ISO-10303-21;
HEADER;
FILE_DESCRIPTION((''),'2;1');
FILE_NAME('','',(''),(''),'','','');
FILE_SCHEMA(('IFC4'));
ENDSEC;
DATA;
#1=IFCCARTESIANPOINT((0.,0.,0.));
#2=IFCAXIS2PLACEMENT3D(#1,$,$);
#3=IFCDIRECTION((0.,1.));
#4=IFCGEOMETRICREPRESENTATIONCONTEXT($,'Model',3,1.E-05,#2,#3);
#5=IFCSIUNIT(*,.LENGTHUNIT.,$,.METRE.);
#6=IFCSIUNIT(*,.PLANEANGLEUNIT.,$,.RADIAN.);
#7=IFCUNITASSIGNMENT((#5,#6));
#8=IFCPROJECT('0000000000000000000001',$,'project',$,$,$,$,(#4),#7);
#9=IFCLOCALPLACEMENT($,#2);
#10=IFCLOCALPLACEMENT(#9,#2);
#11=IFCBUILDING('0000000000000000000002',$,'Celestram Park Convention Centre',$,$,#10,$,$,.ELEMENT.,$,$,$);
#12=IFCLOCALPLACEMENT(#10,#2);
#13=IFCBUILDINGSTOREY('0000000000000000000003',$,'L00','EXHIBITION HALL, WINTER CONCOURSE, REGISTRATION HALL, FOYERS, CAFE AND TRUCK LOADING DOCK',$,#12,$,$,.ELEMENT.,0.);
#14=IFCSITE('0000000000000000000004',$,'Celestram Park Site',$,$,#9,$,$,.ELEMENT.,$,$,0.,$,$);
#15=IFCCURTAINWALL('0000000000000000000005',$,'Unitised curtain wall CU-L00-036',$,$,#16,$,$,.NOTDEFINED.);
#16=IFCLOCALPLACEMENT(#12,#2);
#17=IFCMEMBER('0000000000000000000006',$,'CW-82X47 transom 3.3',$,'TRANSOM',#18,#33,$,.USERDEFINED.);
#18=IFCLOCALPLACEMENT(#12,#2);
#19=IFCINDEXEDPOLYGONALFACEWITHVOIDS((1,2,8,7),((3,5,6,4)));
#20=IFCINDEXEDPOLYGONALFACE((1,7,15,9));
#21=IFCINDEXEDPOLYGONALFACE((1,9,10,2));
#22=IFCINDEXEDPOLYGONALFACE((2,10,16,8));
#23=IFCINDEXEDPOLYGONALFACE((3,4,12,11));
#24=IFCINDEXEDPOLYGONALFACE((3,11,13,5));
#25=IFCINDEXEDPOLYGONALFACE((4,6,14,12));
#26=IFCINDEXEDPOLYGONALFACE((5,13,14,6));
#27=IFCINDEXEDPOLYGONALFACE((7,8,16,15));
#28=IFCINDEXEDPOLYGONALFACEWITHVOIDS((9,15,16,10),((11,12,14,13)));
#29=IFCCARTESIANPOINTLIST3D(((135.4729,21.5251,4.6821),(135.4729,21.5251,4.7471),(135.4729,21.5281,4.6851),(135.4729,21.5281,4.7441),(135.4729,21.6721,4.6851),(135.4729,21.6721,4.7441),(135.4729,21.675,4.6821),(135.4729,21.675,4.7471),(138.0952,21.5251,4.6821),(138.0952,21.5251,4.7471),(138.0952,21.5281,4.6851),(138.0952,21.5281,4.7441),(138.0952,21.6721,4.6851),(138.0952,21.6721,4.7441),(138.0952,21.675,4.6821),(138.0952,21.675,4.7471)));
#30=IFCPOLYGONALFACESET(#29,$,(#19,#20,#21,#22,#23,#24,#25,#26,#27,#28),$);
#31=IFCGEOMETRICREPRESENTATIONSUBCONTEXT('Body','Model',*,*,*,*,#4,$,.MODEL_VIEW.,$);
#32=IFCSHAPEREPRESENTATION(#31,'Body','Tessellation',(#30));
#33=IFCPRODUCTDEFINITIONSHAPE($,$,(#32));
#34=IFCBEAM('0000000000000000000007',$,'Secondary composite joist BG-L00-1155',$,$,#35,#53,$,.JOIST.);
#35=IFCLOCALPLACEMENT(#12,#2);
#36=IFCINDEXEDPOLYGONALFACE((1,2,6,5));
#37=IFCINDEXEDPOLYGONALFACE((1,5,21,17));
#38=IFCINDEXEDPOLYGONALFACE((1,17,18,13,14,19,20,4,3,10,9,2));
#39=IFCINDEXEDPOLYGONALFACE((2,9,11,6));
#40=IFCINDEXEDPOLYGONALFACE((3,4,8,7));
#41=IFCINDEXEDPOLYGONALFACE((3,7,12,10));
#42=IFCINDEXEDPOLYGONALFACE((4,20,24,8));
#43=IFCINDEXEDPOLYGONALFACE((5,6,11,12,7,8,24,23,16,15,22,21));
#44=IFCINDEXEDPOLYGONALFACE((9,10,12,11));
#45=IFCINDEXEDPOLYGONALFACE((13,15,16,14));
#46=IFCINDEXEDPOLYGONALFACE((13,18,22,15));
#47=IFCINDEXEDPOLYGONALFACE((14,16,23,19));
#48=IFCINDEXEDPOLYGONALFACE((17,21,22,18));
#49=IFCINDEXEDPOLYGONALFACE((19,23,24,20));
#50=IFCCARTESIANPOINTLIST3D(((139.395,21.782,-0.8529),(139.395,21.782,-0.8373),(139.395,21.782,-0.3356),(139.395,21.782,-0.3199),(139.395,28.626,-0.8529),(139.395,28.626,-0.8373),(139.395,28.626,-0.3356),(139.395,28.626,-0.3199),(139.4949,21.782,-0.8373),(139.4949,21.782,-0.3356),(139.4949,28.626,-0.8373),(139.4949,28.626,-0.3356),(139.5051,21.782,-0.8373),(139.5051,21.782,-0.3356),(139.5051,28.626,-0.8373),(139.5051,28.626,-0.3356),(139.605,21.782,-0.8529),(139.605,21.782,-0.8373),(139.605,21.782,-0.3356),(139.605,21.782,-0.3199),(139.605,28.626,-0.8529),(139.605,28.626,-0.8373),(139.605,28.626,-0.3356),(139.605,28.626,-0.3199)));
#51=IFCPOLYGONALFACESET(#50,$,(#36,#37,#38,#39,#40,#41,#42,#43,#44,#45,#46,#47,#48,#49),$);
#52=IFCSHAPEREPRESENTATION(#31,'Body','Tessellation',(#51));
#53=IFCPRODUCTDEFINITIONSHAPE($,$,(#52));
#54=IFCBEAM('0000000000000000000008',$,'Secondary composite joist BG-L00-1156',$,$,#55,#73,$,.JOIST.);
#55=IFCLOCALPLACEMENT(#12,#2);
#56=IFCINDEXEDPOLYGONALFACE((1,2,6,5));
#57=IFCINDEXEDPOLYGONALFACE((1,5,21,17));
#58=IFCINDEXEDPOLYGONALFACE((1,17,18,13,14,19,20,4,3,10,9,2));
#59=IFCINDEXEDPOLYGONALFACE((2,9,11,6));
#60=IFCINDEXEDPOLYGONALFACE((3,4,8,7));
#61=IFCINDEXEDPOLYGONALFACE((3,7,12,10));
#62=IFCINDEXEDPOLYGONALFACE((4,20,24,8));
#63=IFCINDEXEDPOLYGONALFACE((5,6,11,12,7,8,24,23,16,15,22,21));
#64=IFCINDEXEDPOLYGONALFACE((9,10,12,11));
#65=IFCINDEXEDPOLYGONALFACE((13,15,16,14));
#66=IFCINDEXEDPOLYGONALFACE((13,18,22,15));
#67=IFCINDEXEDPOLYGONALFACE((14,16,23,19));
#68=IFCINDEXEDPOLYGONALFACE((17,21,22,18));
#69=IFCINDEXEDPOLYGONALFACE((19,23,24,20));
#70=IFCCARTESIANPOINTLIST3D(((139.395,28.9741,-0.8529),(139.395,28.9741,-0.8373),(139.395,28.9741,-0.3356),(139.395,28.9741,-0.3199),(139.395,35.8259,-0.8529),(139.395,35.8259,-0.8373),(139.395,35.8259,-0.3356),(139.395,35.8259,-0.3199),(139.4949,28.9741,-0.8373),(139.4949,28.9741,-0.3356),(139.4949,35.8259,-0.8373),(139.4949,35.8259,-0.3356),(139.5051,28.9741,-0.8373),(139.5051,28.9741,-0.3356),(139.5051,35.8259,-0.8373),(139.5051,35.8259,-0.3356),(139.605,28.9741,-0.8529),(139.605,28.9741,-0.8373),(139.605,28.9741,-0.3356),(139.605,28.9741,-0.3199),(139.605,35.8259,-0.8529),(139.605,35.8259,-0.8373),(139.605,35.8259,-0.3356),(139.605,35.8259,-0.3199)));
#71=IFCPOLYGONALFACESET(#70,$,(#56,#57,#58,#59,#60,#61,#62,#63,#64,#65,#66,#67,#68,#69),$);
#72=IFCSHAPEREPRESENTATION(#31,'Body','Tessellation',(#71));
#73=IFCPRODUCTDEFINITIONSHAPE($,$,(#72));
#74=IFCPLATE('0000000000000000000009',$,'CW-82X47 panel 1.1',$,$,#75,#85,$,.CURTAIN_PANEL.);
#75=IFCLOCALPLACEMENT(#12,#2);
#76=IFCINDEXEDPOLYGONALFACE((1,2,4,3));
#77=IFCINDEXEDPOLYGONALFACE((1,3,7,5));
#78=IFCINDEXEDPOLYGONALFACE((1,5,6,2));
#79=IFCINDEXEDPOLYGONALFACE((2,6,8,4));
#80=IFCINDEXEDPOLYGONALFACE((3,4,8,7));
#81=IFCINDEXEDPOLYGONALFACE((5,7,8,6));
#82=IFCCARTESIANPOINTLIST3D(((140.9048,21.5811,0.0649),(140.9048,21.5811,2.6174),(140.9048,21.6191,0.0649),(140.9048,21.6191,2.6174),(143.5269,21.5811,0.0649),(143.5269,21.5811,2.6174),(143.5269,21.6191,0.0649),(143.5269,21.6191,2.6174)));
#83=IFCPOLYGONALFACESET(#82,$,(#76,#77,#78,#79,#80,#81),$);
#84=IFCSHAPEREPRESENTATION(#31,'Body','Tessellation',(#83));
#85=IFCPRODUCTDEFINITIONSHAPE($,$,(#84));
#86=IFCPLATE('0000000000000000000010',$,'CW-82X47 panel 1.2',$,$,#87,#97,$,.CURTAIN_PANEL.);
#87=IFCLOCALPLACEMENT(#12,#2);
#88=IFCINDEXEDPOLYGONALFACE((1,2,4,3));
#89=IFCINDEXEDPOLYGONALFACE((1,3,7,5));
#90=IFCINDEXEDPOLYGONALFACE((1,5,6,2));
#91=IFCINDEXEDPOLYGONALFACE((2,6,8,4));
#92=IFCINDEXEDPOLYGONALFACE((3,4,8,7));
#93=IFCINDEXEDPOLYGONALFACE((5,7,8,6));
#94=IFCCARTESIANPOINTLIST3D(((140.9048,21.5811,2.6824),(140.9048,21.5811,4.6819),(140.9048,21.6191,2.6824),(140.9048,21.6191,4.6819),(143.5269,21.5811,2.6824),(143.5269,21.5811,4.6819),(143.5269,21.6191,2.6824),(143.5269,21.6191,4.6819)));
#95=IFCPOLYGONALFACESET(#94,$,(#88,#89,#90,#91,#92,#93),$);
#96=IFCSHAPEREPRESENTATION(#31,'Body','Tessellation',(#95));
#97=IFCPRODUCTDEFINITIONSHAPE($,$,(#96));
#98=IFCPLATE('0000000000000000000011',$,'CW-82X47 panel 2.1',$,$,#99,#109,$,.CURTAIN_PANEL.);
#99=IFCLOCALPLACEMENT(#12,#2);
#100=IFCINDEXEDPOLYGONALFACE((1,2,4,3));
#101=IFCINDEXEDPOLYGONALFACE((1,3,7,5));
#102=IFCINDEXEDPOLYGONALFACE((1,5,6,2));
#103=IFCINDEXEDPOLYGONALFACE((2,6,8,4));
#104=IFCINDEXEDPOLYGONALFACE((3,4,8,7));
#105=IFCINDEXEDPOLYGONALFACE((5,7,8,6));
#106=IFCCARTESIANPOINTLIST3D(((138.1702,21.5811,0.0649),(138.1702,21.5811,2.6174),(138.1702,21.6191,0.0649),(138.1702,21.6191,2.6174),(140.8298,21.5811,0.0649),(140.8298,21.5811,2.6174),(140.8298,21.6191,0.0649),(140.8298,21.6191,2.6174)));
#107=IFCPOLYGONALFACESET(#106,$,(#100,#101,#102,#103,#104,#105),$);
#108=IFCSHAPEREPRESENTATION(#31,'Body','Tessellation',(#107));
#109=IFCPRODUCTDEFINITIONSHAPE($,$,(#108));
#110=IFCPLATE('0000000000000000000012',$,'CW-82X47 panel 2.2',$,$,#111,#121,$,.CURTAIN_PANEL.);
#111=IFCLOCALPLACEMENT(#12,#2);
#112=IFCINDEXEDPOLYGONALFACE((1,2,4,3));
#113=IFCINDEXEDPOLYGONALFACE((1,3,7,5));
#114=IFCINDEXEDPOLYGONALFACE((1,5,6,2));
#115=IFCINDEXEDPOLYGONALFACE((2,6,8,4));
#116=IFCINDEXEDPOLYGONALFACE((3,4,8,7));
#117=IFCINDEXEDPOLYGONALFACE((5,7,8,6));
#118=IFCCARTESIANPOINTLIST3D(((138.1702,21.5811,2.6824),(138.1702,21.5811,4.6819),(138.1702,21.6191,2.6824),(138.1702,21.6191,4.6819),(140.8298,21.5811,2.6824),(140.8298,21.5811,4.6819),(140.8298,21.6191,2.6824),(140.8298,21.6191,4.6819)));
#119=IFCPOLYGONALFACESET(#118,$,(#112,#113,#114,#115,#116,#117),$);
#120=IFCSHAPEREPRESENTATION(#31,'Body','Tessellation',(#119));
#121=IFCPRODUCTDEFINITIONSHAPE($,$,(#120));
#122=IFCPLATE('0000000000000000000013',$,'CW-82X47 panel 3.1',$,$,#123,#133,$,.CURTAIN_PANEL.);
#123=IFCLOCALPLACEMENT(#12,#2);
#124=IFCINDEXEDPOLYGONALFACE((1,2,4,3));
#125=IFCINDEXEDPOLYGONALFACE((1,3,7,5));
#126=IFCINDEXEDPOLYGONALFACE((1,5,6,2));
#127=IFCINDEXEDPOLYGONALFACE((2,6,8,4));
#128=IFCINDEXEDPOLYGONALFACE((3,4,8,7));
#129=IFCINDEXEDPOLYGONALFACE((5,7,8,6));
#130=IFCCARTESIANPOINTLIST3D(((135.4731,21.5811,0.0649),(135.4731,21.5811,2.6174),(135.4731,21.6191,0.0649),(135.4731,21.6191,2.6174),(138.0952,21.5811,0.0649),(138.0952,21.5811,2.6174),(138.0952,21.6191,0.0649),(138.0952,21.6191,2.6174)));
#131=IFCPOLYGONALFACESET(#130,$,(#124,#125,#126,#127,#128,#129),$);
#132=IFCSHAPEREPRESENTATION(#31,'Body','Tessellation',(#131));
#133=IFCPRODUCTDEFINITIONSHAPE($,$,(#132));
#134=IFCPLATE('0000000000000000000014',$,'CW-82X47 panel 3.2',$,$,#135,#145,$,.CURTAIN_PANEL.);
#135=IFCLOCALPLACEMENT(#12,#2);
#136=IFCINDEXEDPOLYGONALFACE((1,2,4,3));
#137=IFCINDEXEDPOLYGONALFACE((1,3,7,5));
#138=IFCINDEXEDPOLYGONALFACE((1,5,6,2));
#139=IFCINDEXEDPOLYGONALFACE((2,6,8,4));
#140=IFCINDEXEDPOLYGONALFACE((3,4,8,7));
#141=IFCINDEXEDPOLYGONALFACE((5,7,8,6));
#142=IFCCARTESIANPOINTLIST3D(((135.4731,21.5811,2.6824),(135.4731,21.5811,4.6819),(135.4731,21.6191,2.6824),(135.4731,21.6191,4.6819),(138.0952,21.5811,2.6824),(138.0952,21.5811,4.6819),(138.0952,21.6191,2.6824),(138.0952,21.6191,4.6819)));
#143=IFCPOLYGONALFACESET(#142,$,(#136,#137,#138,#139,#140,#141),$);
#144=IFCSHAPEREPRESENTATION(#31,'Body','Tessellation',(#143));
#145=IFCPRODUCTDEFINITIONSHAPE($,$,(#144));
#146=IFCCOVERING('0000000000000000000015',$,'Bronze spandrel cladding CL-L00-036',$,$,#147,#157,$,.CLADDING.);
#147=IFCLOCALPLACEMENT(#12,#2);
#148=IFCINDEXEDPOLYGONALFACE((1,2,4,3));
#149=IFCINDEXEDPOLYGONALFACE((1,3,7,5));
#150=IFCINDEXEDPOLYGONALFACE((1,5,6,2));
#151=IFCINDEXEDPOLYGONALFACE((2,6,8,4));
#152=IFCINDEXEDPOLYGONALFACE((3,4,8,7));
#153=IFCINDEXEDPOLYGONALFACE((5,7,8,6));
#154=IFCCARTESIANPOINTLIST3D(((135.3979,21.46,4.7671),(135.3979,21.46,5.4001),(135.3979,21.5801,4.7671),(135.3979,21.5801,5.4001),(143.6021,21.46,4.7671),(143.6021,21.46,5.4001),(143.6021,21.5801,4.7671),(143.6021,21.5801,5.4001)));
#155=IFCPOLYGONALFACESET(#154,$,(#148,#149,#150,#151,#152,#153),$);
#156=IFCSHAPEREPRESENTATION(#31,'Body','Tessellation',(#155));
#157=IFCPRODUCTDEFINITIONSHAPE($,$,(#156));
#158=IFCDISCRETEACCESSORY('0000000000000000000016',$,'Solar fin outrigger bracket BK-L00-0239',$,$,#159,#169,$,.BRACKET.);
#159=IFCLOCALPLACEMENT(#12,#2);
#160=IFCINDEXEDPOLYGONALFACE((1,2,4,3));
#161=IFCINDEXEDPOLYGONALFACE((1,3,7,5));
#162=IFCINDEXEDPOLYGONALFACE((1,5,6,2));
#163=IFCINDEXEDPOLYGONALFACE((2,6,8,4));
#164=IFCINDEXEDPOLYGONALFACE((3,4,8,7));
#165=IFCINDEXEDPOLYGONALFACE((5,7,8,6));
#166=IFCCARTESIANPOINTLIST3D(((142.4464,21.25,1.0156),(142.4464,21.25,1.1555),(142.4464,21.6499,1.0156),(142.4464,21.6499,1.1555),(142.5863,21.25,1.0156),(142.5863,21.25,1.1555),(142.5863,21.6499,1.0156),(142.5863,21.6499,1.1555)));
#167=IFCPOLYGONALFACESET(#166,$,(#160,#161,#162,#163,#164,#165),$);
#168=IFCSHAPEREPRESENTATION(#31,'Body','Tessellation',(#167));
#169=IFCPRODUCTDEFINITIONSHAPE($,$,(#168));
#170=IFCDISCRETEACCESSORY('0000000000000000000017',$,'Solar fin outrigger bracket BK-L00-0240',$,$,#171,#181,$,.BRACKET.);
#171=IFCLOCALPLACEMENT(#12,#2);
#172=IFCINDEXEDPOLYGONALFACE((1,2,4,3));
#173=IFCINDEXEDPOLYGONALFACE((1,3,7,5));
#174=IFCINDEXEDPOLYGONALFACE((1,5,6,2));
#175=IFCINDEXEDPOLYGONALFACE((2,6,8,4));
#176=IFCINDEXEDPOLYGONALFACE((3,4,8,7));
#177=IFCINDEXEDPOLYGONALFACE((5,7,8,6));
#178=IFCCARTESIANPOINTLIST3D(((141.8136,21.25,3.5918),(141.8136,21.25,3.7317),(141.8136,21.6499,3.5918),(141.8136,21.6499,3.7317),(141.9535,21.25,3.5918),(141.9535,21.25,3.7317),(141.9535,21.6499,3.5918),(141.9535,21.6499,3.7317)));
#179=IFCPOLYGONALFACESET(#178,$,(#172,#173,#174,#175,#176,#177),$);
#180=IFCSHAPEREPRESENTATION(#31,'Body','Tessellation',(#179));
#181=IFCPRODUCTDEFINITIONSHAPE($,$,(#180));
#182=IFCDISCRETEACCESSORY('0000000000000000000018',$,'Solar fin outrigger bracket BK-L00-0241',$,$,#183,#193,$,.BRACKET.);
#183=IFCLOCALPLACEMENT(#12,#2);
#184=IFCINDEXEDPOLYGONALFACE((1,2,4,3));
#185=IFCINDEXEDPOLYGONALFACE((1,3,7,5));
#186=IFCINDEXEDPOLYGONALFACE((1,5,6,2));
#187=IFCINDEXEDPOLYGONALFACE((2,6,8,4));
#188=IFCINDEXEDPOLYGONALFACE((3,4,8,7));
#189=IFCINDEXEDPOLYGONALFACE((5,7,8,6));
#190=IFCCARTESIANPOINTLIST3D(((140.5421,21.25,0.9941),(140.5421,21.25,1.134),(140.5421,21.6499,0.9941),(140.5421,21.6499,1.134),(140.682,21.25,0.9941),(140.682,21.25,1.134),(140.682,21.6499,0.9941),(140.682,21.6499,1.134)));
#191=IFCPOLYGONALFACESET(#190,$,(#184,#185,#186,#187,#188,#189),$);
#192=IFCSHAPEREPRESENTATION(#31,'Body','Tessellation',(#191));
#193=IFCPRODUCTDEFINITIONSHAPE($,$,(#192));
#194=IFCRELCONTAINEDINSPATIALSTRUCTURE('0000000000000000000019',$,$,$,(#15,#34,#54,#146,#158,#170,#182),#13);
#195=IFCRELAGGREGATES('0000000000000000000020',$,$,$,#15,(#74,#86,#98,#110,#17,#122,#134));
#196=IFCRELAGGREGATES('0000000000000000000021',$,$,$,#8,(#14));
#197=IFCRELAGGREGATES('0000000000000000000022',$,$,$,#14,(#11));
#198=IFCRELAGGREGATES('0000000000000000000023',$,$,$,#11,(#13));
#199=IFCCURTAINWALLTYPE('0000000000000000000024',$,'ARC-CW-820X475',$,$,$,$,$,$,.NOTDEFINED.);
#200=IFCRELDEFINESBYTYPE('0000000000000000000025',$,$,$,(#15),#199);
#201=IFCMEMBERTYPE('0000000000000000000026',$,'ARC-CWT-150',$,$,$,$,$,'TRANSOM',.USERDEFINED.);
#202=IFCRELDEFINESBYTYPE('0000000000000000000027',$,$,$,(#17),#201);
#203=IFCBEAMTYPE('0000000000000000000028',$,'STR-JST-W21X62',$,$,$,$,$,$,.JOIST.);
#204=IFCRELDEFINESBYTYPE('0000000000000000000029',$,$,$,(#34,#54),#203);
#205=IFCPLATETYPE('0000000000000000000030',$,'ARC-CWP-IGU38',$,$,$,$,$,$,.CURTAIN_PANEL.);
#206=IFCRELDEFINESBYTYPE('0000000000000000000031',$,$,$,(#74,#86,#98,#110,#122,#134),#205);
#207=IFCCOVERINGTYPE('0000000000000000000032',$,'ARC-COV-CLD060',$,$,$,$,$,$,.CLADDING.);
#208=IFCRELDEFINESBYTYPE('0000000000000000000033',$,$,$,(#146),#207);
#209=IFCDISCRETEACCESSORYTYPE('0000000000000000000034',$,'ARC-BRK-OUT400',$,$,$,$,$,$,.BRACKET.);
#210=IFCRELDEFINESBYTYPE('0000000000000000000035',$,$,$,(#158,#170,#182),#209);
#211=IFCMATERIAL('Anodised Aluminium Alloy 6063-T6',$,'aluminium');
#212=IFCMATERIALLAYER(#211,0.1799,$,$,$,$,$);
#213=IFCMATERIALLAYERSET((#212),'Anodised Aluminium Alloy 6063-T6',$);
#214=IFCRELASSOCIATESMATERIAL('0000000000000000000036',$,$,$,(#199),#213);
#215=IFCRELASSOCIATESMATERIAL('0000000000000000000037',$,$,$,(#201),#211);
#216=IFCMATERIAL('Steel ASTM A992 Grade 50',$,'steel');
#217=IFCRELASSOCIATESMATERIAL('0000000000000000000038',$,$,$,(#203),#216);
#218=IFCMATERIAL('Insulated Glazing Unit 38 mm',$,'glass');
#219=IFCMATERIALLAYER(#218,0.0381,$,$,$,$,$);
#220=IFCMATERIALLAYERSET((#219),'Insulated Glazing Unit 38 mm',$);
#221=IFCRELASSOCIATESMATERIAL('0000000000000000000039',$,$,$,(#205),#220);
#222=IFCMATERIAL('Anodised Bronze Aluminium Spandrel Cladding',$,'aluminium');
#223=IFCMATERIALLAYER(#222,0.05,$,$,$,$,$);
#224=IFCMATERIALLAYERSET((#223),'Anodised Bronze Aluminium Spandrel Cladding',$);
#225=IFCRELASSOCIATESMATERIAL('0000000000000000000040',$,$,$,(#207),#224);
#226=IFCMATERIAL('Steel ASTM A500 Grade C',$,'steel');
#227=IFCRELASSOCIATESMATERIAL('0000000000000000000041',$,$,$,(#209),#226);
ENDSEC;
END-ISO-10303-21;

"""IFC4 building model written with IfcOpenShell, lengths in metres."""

from ifc_helpers import new_model, si_unit, direction, frame, origin, origin_2d, place, context, subcontext, project, spatial, rectangle, hollow_rectangle, i_section, extrude, material, layer, layer_set, material_profile, profile_set, type_object, element, aggregate, save


model = new_model("IFC4")

# Units and contexts
model_context = context("Model", 3, precision=1e-05, world=origin(), true_north=direction((0.0, 1.0)))
body_context = subcontext(model_context, "Body", "Model", "MODEL_VIEW")
ifc_project = project(units=[si_unit("LENGTHUNIT", "METRE"), si_unit("PLANEANGLEUNIT", "RADIAN")], contexts=[model_context])

# Site, building, storey
site_placement = place(None, origin())
site = spatial("IfcSite", under=ifc_project, at=site_placement, Name="Celestram Park Site", CompositionType="ELEMENT", RefElevation=0.0)
building_placement = place(site_placement, origin())
building = spatial("IfcBuilding", under=site, at=building_placement, Name="Celestram Park Convention Centre", CompositionType="ELEMENT")
storey_placement = place(building_placement, origin())
storey = spatial("IfcBuildingStorey", under=building, at=storey_placement, Name="L00", Description="EXHIBITION HALL, WINTER CONCOURSE, REGISTRATION HALL, FOYERS, CAFE AND TRUCK LOADING DOCK", CompositionType="ELEMENT", Elevation=0.0)

# Curtain wall, member
ifc_material_1 = material(Name="Anodised Aluminium Alloy 6063-T6", Category="aluminium")
ifc_layer_1 = layer(ifc_material_1, 0.1799)
ifc_layer_set_1 = layer_set([ifc_layer_1], Name="Anodised Aluminium Alloy 6063-T6")
curtain_wall_type = type_object("IfcCurtainWallType", Name="ARC-CW-820X475", PredefinedType="NOTDEFINED", material=ifc_layer_set_1)
curtain_wall_placement = place(storey_placement, origin())
curtain_wall = element("IfcCurtainWall", 1, at=curtain_wall_placement, inside=storey, type_object=curtain_wall_type, Name="Unitised curtain wall CU-L00-036", PredefinedType="NOTDEFINED")
ifc_material_profile_1 = material_profile(ifc_material_1, hollow_rectangle(XDim=0.1499, YDim=0.0649, WallThickness=0.0029, at=origin_2d()), Name="ALU150X65X3")
ifc_profile_set_1 = profile_set([ifc_material_profile_1], Name="Anodised Aluminium Alloy 6063-T6")
member_type_1 = type_object("IfcMemberType", Name="ARC-CWT-150", ElementType="TRANSOM", PredefinedType="USERDEFINED", material=ifc_profile_set_1)
member_1_placement = place(storey_placement, frame((138.0952, 21.6001, 4.7146), z_axis=(-1.0, 0.0, 0.0), x_axis=(0.0, -1.0, 0.0)))
member_1 = element("IfcMember", 2, at=member_1_placement, type_object=member_type_1, Name="CW-82X47 transom 3.3", ObjectType="TRANSOM", PredefinedType="USERDEFINED", context=body_context, shape_type="SweptSolid", body=[
    extrude(hollow_rectangle(XDim=0.1499, YDim=0.0649, WallThickness=0.0029, at=origin_2d()), origin(), (0.0, 0.0, 1.0), 2.6223),
])

# Beams
ifc_material_2 = material(Name="Steel ASTM A992 Grade 50", Category="steel")
ifc_material_profile_2 = material_profile(ifc_material_2, i_section(OverallWidth=0.21, OverallDepth=0.533, WebThickness=0.0103, FlangeThickness=0.0156, at=origin_2d()), Name="W21X62")
ifc_profile_set_2 = profile_set([ifc_material_profile_2], Name="Steel ASTM A992 Grade 50")
beam_type = type_object("IfcBeamType", Name="STR-JST-W21X62", PredefinedType="JOIST", material=ifc_profile_set_2)
beam_1_placement = place(storey_placement, frame((139.5, 21.782, -0.5864), z_axis=(0.0, 1.0, 0.0), x_axis=(-1.0, 0.0, 0.0)))
element("IfcBeam", 3, at=beam_1_placement, inside=storey, type_object=beam_type, Name="Secondary composite joist BG-L00-1155", PredefinedType="JOIST", context=body_context, shape_type="SweptSolid", body=[
    extrude(i_section(OverallWidth=0.21, OverallDepth=0.533, WebThickness=0.0103, FlangeThickness=0.0156, at=origin_2d()), origin(), (0.0, 0.0, 1.0), 6.844),
])
beam_2_placement = place(storey_placement, frame((139.5, 28.9741, -0.5864), z_axis=(0.0, 1.0, 0.0), x_axis=(-1.0, 0.0, 0.0)))
element("IfcBeam", 4, at=beam_2_placement, inside=storey, type_object=beam_type, Name="Secondary composite joist BG-L00-1156", PredefinedType="JOIST", context=body_context, shape_type="SweptSolid", body=[
    extrude(i_section(OverallWidth=0.21, OverallDepth=0.533, WebThickness=0.0103, FlangeThickness=0.0156, at=origin_2d()), origin(), (0.0, 0.0, 1.0), 6.8518),
])

# Plates
ifc_material_3 = material(Name="Insulated Glazing Unit 38 mm", Category="glass")
ifc_layer_2 = layer(ifc_material_3, 0.0381)
ifc_layer_set_2 = layer_set([ifc_layer_2], Name="Insulated Glazing Unit 38 mm")
plate_type = type_object("IfcPlateType", Name="ARC-CWP-IGU38", PredefinedType="CURTAIN_PANEL", material=ifc_layer_set_2)
plate_1_placement = place(storey_placement, frame((142.2158, 21.6001, 0.0649), z_axis=(0.0, 0.0, 1.0), x_axis=(-1.0, 0.0, 0.0)))
plate_1 = element("IfcPlate", 5, at=plate_1_placement, type_object=plate_type, Name="CW-82X47 panel 1.1", PredefinedType="CURTAIN_PANEL", context=body_context, shape_type="SweptSolid", body=[
    extrude(rectangle(XDim=2.6221, YDim=0.0381, at=origin_2d()), origin(), (0.0, 0.0, 1.0), 2.5525),
])
plate_2_placement = place(storey_placement, frame((142.2158, 21.6001, 2.6824), z_axis=(0.0, 0.0, 1.0), x_axis=(-1.0, 0.0, 0.0)))
plate_2 = element("IfcPlate", 6, at=plate_2_placement, type_object=plate_type, Name="CW-82X47 panel 1.2", PredefinedType="CURTAIN_PANEL", context=body_context, shape_type="SweptSolid", body=[
    extrude(rectangle(XDim=2.6221, YDim=0.0381, at=origin_2d()), origin(), (0.0, 0.0, 1.0), 1.9995),
])
plate_3_placement = place(storey_placement, frame((139.5, 21.6001, 0.0649), z_axis=(0.0, 0.0, 1.0), x_axis=(-1.0, 0.0, 0.0)))
plate_3 = element("IfcPlate", 7, at=plate_3_placement, type_object=plate_type, Name="CW-82X47 panel 2.1", PredefinedType="CURTAIN_PANEL", context=body_context, shape_type="SweptSolid", body=[
    extrude(rectangle(XDim=2.6597, YDim=0.0381, at=origin_2d()), origin(), (0.0, 0.0, 1.0), 2.5525),
])
plate_4_placement = place(storey_placement, frame((139.5, 21.6001, 2.6824), z_axis=(0.0, 0.0, 1.0), x_axis=(-1.0, 0.0, 0.0)))
plate_4 = element("IfcPlate", 8, at=plate_4_placement, type_object=plate_type, Name="CW-82X47 panel 2.2", PredefinedType="CURTAIN_PANEL", context=body_context, shape_type="SweptSolid", body=[
    extrude(rectangle(XDim=2.6597, YDim=0.0381, at=origin_2d()), origin(), (0.0, 0.0, 1.0), 1.9995),
])
plate_5_placement = place(storey_placement, frame((136.7842, 21.6001, 0.0649), z_axis=(0.0, 0.0, 1.0), x_axis=(-1.0, 0.0, 0.0)))
plate_5 = element("IfcPlate", 9, at=plate_5_placement, type_object=plate_type, Name="CW-82X47 panel 3.1", PredefinedType="CURTAIN_PANEL", context=body_context, shape_type="SweptSolid", body=[
    extrude(rectangle(XDim=2.6221, YDim=0.0381, at=origin_2d()), origin(), (0.0, 0.0, 1.0), 2.5525),
])
plate_6_placement = place(storey_placement, frame((136.7842, 21.6001, 2.6824), z_axis=(0.0, 0.0, 1.0), x_axis=(-1.0, 0.0, 0.0)))
plate_6 = element("IfcPlate", 10, at=plate_6_placement, type_object=plate_type, Name="CW-82X47 panel 3.2", PredefinedType="CURTAIN_PANEL", context=body_context, shape_type="SweptSolid", body=[
    extrude(rectangle(XDim=2.6221, YDim=0.0381, at=origin_2d()), origin(), (0.0, 0.0, 1.0), 1.9995),
])
aggregate(curtain_wall, [plate_1, plate_2, plate_3, plate_4, member_1, plate_5, plate_6])

# Covering
ifc_material_4 = material(Name="Anodised Bronze Aluminium Spandrel Cladding", Category="aluminium")
ifc_layer_3 = layer(ifc_material_4, 0.05)
ifc_layer_set_3 = layer_set([ifc_layer_3], Name="Anodised Bronze Aluminium Spandrel Cladding")
covering_type = type_object("IfcCoveringType", Name="ARC-COV-CLD060", PredefinedType="CLADDING", material=ifc_layer_set_3)
covering_placement = place(storey_placement, frame((139.5, 21.52, 4.7671), z_axis=(0.0, 0.0, 1.0), x_axis=(-1.0, 0.0, 0.0)))
element("IfcCovering", 11, at=covering_placement, inside=storey, type_object=covering_type, Name="Bronze spandrel cladding CL-L00-036", PredefinedType="CLADDING", context=body_context, shape_type="SweptSolid", body=[
    extrude(rectangle(XDim=8.2041, YDim=0.1201, at=origin_2d()), origin(), (0.0, 0.0, 1.0), 0.6331),
])

# Discrete accessories
ifc_material_5 = material(Name="Steel ASTM A500 Grade C", Category="steel")
discrete_accessory_type = type_object("IfcDiscreteAccessoryType", Name="ARC-BRK-OUT400", PredefinedType="BRACKET", material=ifc_material_5)
for number, where, z_axis, x_axis, name in (
    (12, (142.5164, 21.45, 1.0156), (0.0, 0.0, 1.0), (0.0, -1.0, 0.0), "Solar fin outrigger bracket BK-L00-0239"),
    (13, (141.8835, 21.45, 3.5918), (0.0, 0.0, 1.0), (0.0, -1.0, 0.0), "Solar fin outrigger bracket BK-L00-0240"),
    (14, (140.6121, 21.45, 0.9941), (0.0, 0.0, 1.0), (0.0, -1.0, 0.0), "Solar fin outrigger bracket BK-L00-0241"),
):
    element("IfcDiscreteAccessory", number, at=place(storey_placement, frame(where, z_axis=z_axis, x_axis=x_axis)), inside=storey, type_object=discrete_accessory_type, Name=name, PredefinedType="BRACKET", context=body_context, shape_type="SweptSolid", body=[
        extrude(rectangle(XDim=0.3999, YDim=0.1399, at=origin_2d()), origin(), (0.0, 0.0, 1.0), 0.1399),
    ])

save(model, "model.ifc")
